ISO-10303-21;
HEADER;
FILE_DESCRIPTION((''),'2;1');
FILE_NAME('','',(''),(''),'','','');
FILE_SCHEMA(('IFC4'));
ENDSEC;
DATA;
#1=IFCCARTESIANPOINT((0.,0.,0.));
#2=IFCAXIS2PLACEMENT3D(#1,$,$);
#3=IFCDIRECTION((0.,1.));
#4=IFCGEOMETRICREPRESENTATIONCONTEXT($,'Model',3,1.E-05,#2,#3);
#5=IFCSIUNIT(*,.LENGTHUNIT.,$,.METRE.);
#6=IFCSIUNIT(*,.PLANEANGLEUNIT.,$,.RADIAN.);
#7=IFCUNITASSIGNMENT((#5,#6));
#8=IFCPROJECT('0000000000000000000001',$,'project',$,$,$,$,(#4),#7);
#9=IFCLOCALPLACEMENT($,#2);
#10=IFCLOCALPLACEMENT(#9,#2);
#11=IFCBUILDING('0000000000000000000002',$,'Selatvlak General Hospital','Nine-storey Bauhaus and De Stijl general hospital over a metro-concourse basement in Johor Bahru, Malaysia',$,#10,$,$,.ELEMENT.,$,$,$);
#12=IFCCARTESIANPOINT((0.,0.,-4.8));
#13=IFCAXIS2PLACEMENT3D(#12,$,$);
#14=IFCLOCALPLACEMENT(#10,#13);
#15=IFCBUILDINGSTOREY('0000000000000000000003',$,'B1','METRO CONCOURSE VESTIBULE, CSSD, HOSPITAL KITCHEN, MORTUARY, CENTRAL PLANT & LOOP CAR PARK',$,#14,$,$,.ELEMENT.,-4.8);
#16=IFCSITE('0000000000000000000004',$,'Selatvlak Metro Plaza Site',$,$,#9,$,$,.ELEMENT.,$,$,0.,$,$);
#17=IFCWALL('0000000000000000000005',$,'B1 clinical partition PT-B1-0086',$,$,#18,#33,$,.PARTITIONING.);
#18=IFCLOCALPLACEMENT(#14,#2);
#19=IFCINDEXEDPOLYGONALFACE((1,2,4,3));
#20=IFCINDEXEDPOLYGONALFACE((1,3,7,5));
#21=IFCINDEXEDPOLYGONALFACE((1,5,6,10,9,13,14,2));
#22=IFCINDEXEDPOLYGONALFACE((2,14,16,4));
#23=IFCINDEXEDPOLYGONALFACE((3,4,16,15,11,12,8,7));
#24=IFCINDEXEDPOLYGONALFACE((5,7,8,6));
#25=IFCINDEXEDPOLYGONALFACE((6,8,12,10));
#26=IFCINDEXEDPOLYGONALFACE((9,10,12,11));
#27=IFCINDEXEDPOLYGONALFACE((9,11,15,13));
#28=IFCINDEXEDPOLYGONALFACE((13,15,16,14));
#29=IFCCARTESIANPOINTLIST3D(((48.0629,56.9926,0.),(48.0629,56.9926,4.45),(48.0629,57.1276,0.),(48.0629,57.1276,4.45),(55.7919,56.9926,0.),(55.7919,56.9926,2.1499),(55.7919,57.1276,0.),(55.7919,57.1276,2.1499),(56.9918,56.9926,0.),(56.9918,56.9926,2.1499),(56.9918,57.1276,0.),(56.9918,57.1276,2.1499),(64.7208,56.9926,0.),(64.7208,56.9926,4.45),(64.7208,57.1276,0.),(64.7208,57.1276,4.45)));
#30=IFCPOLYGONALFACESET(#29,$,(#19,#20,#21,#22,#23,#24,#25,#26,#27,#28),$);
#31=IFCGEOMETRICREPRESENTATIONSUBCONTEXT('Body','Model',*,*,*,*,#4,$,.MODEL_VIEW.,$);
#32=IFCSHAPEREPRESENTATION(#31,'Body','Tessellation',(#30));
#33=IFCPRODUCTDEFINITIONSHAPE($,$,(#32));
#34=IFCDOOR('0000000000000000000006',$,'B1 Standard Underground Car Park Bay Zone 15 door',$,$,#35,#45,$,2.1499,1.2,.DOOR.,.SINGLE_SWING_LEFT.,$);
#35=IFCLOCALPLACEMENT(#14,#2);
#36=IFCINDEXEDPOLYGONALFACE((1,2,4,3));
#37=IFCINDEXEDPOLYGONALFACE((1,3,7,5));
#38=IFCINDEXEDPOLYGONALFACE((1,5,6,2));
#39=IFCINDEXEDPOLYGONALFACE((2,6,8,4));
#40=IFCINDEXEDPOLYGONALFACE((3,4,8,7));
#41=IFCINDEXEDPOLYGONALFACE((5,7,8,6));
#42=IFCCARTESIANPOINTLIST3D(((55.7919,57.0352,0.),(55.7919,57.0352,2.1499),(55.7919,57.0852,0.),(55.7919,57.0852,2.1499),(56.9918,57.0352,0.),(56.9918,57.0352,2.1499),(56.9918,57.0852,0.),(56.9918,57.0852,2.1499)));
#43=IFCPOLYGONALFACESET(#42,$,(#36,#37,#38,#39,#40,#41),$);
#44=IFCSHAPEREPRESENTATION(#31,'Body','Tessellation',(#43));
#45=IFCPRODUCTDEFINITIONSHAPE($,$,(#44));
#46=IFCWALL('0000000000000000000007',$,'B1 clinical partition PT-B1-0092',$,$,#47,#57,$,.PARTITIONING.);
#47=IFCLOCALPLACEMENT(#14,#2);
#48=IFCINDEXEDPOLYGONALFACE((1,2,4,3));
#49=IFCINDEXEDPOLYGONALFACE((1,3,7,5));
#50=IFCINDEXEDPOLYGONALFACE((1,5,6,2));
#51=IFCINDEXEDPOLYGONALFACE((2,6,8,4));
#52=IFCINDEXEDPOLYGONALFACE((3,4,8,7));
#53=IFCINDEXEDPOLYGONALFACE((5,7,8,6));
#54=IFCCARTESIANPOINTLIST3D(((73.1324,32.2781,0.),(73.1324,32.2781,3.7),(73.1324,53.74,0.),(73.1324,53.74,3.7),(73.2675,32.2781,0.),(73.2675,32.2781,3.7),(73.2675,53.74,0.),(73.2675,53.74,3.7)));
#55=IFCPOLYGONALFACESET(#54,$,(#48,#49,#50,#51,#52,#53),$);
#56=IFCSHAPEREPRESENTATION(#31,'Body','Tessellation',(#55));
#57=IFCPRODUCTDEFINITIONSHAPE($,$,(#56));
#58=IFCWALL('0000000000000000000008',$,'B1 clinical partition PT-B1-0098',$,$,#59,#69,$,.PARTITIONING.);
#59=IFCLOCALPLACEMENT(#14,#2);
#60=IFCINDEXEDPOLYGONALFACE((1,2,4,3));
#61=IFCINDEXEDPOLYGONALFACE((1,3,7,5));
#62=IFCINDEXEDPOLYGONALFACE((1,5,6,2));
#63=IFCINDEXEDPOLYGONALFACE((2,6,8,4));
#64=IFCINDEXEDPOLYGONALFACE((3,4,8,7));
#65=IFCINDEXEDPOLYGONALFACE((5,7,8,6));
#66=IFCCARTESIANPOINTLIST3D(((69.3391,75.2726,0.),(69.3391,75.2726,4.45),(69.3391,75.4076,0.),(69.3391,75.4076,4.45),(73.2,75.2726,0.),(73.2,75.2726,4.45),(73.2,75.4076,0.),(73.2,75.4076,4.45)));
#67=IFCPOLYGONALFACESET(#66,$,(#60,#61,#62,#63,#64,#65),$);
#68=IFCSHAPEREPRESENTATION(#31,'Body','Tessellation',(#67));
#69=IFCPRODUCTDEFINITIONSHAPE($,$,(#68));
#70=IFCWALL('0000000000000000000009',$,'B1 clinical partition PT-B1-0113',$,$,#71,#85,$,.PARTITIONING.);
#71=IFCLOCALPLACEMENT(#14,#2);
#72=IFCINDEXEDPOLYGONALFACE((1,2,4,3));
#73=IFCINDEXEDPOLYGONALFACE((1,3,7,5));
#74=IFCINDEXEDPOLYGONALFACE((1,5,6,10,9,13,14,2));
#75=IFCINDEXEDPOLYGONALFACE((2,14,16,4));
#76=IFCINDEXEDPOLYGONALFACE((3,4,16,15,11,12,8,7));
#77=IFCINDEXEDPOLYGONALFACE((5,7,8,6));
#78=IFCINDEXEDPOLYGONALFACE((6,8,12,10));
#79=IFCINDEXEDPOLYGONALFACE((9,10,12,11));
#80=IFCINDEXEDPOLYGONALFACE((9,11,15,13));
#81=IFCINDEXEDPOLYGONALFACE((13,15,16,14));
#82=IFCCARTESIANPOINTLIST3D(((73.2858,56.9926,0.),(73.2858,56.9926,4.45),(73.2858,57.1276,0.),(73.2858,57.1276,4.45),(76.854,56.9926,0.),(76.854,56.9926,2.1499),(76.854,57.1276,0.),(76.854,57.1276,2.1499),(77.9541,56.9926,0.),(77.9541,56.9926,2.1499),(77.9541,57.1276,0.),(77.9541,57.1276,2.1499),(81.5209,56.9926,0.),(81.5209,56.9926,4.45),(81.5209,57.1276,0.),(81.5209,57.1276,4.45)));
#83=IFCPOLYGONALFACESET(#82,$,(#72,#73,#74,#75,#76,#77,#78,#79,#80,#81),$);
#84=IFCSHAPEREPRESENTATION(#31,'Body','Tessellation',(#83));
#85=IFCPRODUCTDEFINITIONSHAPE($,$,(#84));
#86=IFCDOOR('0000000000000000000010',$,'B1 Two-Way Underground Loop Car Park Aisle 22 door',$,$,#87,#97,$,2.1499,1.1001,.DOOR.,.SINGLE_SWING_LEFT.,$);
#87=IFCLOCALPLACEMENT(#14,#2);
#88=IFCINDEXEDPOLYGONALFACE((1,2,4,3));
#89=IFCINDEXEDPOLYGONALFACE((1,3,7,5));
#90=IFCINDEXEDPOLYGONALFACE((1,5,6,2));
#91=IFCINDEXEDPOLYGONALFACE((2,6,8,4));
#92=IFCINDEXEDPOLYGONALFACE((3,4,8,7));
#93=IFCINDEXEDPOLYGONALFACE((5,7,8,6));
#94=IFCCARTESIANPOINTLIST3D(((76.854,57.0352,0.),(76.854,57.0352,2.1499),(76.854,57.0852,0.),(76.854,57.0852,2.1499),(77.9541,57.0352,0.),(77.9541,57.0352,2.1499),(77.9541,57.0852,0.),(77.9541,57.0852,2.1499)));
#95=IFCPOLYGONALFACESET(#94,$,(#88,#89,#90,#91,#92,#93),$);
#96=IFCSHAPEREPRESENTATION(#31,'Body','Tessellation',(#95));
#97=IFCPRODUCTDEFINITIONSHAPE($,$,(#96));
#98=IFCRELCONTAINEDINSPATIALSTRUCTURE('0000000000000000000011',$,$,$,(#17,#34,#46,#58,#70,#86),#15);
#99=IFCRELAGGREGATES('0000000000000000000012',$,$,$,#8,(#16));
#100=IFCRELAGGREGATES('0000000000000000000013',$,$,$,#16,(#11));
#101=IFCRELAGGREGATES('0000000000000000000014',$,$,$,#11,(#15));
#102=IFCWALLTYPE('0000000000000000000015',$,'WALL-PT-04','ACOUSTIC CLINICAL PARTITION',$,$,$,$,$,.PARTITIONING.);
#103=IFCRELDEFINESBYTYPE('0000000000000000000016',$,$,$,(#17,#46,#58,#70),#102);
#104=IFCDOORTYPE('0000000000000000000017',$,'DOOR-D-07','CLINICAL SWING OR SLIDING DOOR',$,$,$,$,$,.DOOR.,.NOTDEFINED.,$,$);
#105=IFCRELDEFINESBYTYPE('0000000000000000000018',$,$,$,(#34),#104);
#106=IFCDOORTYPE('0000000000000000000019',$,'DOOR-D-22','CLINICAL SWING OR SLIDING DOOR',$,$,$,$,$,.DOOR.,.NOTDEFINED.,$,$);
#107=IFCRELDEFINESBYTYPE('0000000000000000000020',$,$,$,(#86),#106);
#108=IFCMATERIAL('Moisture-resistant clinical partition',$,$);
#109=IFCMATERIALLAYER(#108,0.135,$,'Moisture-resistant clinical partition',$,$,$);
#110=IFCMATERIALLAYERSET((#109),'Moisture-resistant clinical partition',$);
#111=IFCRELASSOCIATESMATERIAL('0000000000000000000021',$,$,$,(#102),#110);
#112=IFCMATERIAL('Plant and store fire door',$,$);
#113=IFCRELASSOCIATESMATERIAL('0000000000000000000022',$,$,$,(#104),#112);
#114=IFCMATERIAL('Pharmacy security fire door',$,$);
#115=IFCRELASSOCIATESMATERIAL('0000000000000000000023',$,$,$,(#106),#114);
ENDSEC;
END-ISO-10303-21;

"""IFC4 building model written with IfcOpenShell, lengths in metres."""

from ifc_helpers import new_model, si_unit, direction, frame, frame_2d, origin, place, context, subcontext, project, spatial, rectangle, extrude, material, layer, layer_set, type_object, element, fill, save


model = new_model("IFC4")

# Units and contexts
model_context = context("Model", 3, precision=1e-05, world=origin(), true_north=direction((0.0, 1.0)))
body_context = subcontext(model_context, "Body", "Model", "MODEL_VIEW")
ifc_project = project(units=[si_unit("LENGTHUNIT", "METRE"), si_unit("PLANEANGLEUNIT", "RADIAN")], contexts=[model_context])

# Site, building, storey
site_placement = place(None, origin())
site = spatial("IfcSite", under=ifc_project, at=site_placement, Name="Selatvlak Metro Plaza Site", CompositionType="ELEMENT", RefElevation=0.0)
building_placement = place(site_placement, origin())
building = spatial("IfcBuilding", under=site, at=building_placement, Name="Selatvlak General Hospital", Description="Nine-storey Bauhaus and De Stijl general hospital over a metro-concourse basement in Johor Bahru, Malaysia", CompositionType="ELEMENT")
storey_placement = place(building_placement, frame((0.0, 0.0, -4.8)))
storey = spatial("IfcBuildingStorey", under=building, at=storey_placement, Name="B1", Description="METRO CONCOURSE VESTIBULE, CSSD, HOSPITAL KITCHEN, MORTUARY, CENTRAL PLANT & LOOP CAR PARK", CompositionType="ELEMENT", Elevation=-4.8)

# Wall, opening, door
ifc_material_1 = material(Name="Moisture-resistant clinical partition")
ifc_layer_1 = layer(ifc_material_1, 0.135, Name="Moisture-resistant clinical partition")
ifc_layer_set_1 = layer_set([ifc_layer_1], Name="Moisture-resistant clinical partition")
wall_type_1 = type_object("IfcWallType", Name="WALL-PT-04", Description="ACOUSTIC CLINICAL PARTITION", PredefinedType="PARTITIONING", material=ifc_layer_set_1)
wall_1_placement = place(storey_placement, frame((64.7209, 57.0601, 0.0), z_axis=(0.0, 0.0, 1.0), x_axis=(-1.0, 0.0, 0.0)))
wall_1 = element("IfcWall", 1, at=wall_1_placement, inside=storey, type_object=wall_type_1, Name="B1 clinical partition PT-B1-0086", PredefinedType="PARTITIONING", context=body_context, shape_type="SweptSolid", body=[
    extrude(rectangle(XDim=16.658, YDim=0.135, at=frame_2d((8.3291, 0.0))), origin(), (0.0, 0.0, 1.0), 4.45),
])
opening_1_placement = place(wall_1_placement, frame((7.729, 0.0, 0.0)))
opening_1 = element("IfcOpeningElement", 2, at=opening_1_placement, cuts=wall_1, PredefinedType="OPENING", context=body_context, shape_type="SweptSolid", body=[
    extrude(rectangle(XDim=1.2, YDim=2.1499, at=frame_2d((0.6001, 1.075))), frame((0.0, 0.0774, 0.0), z_axis=(0.0, -1.0, 0.0), x_axis=(1.0, 0.0, 0.0)), (0.0, 0.0, 1.0), 0.155),
])
ifc_material_2 = material(Name="Plant and store fire door")
door_type_1 = type_object("IfcDoorType", Name="DOOR-D-07", Description="CLINICAL SWING OR SLIDING DOOR", OperationType="NOTDEFINED", PredefinedType="DOOR", material=ifc_material_2)
door_1_placement = place(opening_1_placement, origin())
door_1 = element("IfcDoor", 3, at=door_1_placement, inside=storey, type_object=door_type_1, Name="B1 Standard Underground Car Park Bay Zone 15 door", OperationType="SINGLE_SWING_LEFT", OverallHeight=2.1499, OverallWidth=1.2, PredefinedType="DOOR", context=body_context, shape_type="SweptSolid", body=[
    extrude(rectangle(XDim=1.2, YDim=2.1499, at=frame_2d((0.6001, 1.075))), frame((0.0, 0.0249, 0.0), z_axis=(0.0, -1.0, 0.0), x_axis=(1.0, 0.0, 0.0)), (0.0, 0.0, 1.0), 0.05),
])
fill(opening_1, door_1)

# Walls
wall_2_placement = place(storey_placement, frame((73.2, 53.74, 0.0), z_axis=(0.0, 0.0, 1.0), x_axis=(0.0, -1.0, 0.0)))
element("IfcWall", 4, at=wall_2_placement, inside=storey, type_object=wall_type_1, Name="B1 clinical partition PT-B1-0092", PredefinedType="PARTITIONING", context=body_context, shape_type="SweptSolid", body=[
    extrude(rectangle(XDim=21.4619, YDim=0.135, at=frame_2d((10.731, 0.0))), origin(), (0.0, 0.0, 1.0), 3.7),
])
wall_3_placement = place(storey_placement, frame((69.3391, 75.3401, 0.0), z_axis=(0.0, 0.0, 1.0), x_axis=(1.0, 0.0, 0.0)))
element("IfcWall", 5, at=wall_3_placement, inside=storey, type_object=wall_type_1, Name="B1 clinical partition PT-B1-0098", PredefinedType="PARTITIONING", context=body_context, shape_type="SweptSolid", body=[
    extrude(rectangle(XDim=3.8608, YDim=0.135, at=frame_2d((1.9304, 0.0))), origin(), (0.0, 0.0, 1.0), 4.45),
])

# Wall, opening, door
wall_4_placement = place(storey_placement, frame((81.521, 57.0601, 0.0), z_axis=(0.0, 0.0, 1.0), x_axis=(-1.0, 0.0, 0.0)))
wall_4 = element("IfcWall", 6, at=wall_4_placement, inside=storey, type_object=wall_type_1, Name="B1 clinical partition PT-B1-0113", PredefinedType="PARTITIONING", context=body_context, shape_type="SweptSolid", body=[
    extrude(rectangle(XDim=8.2351, YDim=0.135, at=frame_2d((4.1177, 0.0))), origin(), (0.0, 0.0, 1.0), 4.45),
])
opening_2_placement = place(wall_4_placement, frame((3.5669, 0.0, 0.0)))
opening_2 = element("IfcOpeningElement", 7, at=opening_2_placement, cuts=wall_4, PredefinedType="OPENING", context=body_context, shape_type="SweptSolid", body=[
    extrude(rectangle(XDim=1.1001, YDim=2.1499, at=frame_2d((0.55, 1.075))), frame((0.0, 0.0774, 0.0), z_axis=(0.0, -1.0, 0.0), x_axis=(1.0, 0.0, 0.0)), (0.0, 0.0, 1.0), 0.155),
])
ifc_material_3 = material(Name="Pharmacy security fire door")
door_type_2 = type_object("IfcDoorType", Name="DOOR-D-22", Description="CLINICAL SWING OR SLIDING DOOR", OperationType="NOTDEFINED", PredefinedType="DOOR", material=ifc_material_3)
door_2_placement = place(opening_2_placement, origin())
door_2 = element("IfcDoor", 8, at=door_2_placement, inside=storey, type_object=door_type_2, Name="B1 Two-Way Underground Loop Car Park Aisle 22 door", OperationType="SINGLE_SWING_LEFT", OverallHeight=2.1499, OverallWidth=1.1001, PredefinedType="DOOR", context=body_context, shape_type="SweptSolid", body=[
    extrude(rectangle(XDim=1.1001, YDim=2.1499, at=frame_2d((0.55, 1.075))), frame((0.0, 0.0249, 0.0), z_axis=(0.0, -1.0, 0.0), x_axis=(1.0, 0.0, 0.0)), (0.0, 0.0, 1.0), 0.05),
])
fill(opening_2, door_2)

save(model, "model.ifc")
